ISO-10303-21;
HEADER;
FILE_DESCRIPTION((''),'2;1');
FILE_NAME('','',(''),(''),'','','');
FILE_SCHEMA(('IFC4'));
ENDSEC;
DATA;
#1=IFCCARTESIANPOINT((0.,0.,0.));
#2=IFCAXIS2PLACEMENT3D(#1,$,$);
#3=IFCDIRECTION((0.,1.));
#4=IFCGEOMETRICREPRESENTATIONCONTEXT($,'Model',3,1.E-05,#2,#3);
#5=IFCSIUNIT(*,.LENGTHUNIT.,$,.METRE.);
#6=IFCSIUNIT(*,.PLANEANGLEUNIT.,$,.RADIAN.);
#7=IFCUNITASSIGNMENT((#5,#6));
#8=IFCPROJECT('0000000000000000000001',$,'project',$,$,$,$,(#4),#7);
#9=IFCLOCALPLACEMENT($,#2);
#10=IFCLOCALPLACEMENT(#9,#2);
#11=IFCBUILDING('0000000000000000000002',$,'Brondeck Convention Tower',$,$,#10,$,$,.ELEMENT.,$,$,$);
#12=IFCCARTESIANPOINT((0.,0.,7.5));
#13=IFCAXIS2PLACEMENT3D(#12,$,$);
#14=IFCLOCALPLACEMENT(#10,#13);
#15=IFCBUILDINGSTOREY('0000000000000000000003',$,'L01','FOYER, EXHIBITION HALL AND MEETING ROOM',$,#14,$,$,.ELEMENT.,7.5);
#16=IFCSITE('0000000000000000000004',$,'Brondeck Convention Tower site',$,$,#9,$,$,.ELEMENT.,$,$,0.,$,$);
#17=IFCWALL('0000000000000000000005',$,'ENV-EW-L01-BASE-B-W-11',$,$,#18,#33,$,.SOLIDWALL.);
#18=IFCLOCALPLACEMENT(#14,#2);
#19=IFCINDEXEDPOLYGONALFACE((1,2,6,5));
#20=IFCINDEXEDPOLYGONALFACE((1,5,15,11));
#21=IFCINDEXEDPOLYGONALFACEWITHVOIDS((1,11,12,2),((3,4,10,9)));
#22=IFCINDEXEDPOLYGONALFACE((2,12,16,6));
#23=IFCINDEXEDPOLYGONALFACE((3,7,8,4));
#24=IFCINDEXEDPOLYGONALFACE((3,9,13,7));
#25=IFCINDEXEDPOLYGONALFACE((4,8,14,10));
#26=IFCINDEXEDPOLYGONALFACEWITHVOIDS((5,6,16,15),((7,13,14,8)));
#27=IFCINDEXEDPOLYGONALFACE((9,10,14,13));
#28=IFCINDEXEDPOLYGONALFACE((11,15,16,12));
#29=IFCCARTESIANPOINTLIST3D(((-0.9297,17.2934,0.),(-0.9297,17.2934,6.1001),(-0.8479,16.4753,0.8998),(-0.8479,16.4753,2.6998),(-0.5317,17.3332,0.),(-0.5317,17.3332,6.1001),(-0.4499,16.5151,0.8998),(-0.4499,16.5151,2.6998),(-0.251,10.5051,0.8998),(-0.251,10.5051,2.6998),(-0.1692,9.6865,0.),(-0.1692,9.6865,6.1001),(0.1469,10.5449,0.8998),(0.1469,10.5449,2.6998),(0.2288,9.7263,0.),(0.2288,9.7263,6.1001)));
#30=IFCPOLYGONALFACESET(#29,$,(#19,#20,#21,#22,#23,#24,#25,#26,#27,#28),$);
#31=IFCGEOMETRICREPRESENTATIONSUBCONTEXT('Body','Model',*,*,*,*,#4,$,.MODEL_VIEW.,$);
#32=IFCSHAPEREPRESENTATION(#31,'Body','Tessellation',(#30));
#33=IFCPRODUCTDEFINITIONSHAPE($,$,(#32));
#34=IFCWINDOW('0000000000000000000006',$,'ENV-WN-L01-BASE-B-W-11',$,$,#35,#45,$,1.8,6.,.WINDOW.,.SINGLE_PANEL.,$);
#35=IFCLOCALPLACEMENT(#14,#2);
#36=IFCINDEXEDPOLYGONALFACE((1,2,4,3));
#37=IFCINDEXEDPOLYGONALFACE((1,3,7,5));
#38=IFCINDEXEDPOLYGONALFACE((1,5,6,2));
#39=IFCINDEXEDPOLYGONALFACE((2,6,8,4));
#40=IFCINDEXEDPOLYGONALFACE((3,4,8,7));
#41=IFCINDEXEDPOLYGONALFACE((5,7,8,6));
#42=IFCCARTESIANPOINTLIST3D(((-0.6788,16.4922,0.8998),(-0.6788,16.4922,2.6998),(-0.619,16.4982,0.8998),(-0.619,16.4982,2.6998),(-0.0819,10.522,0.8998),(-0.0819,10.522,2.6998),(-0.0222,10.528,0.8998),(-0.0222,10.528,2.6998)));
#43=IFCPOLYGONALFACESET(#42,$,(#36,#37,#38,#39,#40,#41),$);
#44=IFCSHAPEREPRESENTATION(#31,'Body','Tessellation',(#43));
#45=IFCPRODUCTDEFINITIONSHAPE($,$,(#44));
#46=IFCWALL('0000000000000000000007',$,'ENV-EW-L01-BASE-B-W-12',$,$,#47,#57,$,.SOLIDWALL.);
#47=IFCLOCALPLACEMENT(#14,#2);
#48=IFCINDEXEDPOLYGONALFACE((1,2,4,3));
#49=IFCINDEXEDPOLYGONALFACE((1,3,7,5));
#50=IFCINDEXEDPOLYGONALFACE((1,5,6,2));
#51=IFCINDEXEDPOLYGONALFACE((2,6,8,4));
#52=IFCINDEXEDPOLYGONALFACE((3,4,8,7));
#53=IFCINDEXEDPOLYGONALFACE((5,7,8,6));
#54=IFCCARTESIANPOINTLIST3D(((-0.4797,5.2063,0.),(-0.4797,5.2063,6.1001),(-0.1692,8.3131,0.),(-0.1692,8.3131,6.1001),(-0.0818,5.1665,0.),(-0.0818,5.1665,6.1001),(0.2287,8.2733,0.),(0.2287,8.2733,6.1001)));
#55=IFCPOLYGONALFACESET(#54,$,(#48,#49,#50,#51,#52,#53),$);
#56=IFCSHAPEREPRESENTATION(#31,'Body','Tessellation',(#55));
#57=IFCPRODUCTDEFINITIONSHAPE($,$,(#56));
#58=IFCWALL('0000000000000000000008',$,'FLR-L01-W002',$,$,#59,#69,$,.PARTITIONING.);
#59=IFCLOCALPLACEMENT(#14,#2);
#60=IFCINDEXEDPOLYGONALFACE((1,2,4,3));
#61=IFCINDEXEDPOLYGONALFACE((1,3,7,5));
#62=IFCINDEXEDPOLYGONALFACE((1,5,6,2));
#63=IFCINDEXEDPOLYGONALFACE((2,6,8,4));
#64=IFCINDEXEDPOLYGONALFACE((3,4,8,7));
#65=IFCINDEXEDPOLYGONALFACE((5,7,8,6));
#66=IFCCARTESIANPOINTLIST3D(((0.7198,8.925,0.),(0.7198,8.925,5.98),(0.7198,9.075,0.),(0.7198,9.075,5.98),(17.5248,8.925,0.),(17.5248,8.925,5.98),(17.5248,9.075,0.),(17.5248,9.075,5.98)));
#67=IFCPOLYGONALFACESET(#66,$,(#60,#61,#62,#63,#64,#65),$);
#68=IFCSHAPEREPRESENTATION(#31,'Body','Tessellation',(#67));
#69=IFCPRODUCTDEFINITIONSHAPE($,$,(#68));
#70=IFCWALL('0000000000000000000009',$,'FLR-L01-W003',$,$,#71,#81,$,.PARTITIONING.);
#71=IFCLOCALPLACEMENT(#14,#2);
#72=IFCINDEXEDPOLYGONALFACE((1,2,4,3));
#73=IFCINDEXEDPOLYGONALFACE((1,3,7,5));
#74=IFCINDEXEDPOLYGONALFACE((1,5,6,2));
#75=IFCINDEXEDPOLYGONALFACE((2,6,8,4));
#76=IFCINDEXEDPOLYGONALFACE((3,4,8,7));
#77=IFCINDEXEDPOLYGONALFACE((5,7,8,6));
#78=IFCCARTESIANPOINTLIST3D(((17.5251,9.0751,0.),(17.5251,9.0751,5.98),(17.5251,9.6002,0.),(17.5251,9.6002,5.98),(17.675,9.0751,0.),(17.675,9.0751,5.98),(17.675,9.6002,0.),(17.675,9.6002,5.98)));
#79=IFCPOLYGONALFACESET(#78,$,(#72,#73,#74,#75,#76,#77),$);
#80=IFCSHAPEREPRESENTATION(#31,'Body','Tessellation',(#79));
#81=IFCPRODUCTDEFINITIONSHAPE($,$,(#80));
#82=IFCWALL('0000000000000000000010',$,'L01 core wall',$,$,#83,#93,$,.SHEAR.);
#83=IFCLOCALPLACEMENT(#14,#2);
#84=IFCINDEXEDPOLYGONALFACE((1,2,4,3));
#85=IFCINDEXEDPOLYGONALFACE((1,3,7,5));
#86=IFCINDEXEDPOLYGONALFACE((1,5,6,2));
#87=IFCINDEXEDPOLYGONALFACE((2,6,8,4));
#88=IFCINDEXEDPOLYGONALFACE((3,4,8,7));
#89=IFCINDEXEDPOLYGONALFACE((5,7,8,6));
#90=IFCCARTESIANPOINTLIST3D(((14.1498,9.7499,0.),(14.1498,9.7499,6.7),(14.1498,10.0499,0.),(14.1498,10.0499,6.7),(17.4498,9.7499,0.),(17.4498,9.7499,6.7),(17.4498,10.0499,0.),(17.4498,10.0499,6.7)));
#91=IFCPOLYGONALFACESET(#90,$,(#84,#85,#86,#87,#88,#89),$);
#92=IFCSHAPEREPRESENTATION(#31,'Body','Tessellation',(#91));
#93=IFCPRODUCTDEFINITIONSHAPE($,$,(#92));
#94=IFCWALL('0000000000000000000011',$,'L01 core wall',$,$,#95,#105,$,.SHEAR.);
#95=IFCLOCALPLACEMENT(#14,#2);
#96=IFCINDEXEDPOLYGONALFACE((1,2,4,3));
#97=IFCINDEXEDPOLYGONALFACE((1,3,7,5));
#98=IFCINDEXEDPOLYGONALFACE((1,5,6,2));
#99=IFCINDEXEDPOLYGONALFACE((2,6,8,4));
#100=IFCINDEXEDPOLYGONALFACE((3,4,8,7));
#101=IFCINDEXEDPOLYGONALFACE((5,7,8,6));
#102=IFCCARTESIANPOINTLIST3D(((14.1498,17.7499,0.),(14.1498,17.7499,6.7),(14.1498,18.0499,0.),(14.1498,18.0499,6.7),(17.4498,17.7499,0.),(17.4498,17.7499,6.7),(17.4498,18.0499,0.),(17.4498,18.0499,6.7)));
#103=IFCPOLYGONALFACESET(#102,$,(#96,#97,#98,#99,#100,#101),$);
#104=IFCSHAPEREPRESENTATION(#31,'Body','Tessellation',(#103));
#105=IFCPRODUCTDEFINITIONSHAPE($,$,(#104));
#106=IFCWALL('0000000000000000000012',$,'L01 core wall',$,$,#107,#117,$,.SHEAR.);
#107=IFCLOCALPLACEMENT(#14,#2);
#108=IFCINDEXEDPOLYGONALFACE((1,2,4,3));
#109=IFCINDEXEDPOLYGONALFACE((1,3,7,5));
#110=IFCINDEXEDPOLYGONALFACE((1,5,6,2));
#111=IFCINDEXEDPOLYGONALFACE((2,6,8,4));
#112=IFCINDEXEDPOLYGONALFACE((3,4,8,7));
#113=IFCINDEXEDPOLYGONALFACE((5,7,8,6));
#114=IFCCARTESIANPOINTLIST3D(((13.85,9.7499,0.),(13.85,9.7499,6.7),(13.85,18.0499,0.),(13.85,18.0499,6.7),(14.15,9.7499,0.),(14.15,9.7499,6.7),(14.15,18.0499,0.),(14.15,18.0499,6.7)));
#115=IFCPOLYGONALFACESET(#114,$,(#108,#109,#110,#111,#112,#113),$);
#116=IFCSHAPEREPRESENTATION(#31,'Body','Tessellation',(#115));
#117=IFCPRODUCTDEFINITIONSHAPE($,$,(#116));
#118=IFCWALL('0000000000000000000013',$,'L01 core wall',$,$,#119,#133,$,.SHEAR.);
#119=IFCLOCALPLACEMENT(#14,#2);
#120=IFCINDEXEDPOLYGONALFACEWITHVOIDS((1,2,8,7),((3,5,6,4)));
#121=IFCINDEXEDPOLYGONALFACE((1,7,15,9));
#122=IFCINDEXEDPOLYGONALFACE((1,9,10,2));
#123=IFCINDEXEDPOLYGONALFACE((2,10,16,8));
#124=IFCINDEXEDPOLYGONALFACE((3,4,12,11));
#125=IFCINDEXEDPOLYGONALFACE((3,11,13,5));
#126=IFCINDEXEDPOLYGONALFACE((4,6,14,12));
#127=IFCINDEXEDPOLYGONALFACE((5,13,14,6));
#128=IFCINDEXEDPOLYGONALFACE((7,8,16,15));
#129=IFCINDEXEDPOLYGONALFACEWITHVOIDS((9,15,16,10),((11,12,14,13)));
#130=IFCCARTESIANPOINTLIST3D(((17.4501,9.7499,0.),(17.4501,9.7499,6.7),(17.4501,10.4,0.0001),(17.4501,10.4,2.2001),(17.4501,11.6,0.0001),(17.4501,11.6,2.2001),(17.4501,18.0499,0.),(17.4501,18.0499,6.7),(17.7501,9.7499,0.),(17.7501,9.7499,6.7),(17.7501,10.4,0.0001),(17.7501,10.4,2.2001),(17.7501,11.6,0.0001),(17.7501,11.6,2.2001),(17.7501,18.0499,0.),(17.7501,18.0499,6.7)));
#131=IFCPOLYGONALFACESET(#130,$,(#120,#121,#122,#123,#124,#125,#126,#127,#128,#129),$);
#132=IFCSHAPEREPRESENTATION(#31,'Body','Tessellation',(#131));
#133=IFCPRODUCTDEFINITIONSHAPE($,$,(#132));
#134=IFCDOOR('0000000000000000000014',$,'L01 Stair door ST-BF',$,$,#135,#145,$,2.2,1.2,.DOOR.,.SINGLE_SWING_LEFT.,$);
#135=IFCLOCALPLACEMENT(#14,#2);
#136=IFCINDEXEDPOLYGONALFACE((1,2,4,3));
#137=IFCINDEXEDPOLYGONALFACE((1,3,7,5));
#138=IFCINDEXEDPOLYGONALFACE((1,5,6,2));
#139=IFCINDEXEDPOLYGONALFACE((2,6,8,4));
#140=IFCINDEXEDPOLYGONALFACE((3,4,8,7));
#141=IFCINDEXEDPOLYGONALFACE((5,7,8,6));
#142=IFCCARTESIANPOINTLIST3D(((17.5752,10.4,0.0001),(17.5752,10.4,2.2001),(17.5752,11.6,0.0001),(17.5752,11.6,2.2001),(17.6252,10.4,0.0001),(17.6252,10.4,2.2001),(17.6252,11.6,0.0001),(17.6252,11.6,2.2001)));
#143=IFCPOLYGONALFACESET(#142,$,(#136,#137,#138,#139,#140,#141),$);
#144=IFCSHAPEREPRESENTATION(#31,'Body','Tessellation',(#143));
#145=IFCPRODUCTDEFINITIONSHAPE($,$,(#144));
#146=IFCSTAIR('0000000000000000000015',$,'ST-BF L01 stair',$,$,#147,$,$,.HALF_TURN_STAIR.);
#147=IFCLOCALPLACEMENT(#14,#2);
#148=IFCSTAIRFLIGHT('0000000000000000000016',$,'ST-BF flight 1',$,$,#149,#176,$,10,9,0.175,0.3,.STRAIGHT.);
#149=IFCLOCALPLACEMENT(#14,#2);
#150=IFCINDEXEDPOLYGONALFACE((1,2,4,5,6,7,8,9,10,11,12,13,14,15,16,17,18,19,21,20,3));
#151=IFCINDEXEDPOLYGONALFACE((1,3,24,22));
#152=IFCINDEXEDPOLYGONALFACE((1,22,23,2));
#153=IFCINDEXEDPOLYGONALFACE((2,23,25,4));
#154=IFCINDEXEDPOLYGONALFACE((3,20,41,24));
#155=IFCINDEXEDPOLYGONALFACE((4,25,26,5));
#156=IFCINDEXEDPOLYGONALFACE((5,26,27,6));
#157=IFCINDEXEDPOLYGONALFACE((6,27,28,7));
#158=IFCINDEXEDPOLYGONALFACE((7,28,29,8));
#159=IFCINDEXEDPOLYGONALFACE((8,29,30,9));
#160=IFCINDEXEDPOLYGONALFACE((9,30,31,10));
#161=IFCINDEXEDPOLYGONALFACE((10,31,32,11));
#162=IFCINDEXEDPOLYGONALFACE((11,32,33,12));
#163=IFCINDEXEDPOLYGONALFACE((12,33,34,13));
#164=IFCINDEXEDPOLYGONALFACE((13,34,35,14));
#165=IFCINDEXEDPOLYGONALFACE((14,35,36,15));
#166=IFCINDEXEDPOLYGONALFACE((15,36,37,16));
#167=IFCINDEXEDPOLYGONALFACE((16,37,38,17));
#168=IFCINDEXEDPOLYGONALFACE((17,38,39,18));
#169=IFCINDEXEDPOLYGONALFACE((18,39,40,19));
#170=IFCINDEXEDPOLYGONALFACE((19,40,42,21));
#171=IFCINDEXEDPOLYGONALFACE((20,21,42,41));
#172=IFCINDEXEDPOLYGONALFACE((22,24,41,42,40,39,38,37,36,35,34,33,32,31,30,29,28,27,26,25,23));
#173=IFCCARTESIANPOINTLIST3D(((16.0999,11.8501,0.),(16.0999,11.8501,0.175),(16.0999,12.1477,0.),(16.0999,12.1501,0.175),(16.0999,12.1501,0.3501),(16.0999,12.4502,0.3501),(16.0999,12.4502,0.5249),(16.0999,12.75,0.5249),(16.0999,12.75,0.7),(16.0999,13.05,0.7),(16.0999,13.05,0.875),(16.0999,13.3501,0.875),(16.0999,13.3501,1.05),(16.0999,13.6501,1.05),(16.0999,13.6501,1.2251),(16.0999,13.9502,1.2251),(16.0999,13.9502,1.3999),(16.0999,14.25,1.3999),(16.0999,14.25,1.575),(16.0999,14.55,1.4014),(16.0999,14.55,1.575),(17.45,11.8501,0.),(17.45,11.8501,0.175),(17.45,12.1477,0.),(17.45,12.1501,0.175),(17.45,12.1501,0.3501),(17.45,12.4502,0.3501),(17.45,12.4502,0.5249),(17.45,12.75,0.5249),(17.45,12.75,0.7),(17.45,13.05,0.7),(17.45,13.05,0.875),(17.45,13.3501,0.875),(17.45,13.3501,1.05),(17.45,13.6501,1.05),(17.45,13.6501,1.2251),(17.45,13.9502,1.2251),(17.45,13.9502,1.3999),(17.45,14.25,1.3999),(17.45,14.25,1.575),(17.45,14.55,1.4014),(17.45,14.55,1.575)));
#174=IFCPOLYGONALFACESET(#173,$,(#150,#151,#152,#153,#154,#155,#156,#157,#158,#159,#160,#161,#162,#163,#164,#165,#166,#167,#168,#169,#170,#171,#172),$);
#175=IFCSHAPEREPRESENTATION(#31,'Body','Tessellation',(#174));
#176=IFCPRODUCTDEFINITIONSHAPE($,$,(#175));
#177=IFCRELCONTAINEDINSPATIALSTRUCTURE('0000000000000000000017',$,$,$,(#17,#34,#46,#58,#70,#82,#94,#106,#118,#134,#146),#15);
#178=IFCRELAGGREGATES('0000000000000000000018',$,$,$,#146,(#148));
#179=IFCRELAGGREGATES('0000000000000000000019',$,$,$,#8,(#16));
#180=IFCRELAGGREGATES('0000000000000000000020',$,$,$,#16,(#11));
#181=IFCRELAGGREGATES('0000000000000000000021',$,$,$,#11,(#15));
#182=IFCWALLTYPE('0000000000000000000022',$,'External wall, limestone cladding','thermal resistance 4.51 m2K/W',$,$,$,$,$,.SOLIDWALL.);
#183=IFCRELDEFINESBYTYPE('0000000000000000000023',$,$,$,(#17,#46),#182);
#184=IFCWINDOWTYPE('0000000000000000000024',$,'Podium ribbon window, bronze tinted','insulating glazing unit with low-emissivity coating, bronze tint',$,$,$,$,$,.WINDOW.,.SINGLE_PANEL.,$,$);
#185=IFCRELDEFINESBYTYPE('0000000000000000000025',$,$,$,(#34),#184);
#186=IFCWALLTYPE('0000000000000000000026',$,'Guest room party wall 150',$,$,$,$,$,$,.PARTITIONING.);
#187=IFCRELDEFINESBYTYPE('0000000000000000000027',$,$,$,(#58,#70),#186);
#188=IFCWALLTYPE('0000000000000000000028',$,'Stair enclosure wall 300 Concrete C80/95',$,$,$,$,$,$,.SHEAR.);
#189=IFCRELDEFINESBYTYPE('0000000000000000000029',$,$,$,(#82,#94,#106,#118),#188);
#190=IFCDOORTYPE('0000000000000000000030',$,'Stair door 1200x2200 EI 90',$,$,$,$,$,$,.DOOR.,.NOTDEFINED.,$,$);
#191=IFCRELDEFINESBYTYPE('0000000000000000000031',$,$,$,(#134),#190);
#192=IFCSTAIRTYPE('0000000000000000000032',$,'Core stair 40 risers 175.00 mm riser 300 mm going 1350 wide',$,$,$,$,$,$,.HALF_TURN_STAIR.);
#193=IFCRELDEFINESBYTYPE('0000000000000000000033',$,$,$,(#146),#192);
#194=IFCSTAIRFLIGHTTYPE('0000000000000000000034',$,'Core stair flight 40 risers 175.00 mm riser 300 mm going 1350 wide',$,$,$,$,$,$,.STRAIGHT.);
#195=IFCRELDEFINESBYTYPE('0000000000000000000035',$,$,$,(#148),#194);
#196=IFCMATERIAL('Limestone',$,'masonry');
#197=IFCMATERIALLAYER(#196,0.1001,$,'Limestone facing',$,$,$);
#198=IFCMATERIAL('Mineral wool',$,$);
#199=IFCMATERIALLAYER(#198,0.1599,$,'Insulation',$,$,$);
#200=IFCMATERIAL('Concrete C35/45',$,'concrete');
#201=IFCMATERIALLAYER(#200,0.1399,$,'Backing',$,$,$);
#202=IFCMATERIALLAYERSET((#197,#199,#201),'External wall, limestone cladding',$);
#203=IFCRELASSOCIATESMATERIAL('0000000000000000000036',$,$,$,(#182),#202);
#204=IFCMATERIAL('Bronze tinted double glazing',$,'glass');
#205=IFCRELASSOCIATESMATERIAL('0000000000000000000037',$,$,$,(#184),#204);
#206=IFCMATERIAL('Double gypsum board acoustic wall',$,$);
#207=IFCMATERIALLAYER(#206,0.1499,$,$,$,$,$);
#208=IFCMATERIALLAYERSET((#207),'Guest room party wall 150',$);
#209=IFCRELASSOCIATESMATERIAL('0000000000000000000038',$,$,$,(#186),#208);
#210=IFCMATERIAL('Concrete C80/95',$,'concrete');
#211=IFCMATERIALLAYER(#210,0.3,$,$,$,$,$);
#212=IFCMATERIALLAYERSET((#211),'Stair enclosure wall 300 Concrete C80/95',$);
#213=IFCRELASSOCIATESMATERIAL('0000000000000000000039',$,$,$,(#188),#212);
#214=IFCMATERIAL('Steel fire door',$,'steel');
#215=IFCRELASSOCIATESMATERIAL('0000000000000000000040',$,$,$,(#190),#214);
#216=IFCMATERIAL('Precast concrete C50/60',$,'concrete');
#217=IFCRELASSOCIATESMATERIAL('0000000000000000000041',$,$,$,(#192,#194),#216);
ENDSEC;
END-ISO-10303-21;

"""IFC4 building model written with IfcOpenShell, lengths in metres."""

from ifc_helpers import new_model, si_unit, direction, frame, frame_2d, origin, place, context, subcontext, project, spatial, polyline, rectangle, outline, extrude, material, layer, layer_set, type_object, element, fill, aggregate, save


model = new_model("IFC4")

# Units and contexts
model_context = context("Model", 3, precision=1e-05, world=origin(), true_north=direction((0.0, 1.0)))
body_context = subcontext(model_context, "Body", "Model", "MODEL_VIEW")
ifc_project = project(units=[si_unit("LENGTHUNIT", "METRE"), si_unit("PLANEANGLEUNIT", "RADIAN")], contexts=[model_context])

# Site, building, storey
site_placement = place(None, origin())
site = spatial("IfcSite", under=ifc_project, at=site_placement, Name="Brondeck Convention Tower site", CompositionType="ELEMENT", RefElevation=0.0)
building_placement = place(site_placement, origin())
building = spatial("IfcBuilding", under=site, at=building_placement, Name="Brondeck Convention Tower", CompositionType="ELEMENT")
storey_placement = place(building_placement, frame((0.0, 0.0, 7.5)))
storey = spatial("IfcBuildingStorey", under=building, at=storey_placement, Name="L01", Description="FOYER, EXHIBITION HALL AND MEETING ROOM", CompositionType="ELEMENT", Elevation=7.5)

# Shared definitions
ifc_material_1 = material(Name="Concrete C80/95", Category="concrete")

# Wall, opening, window
ifc_material_2 = material(Name="Limestone", Category="masonry")
ifc_layer_1 = layer(ifc_material_2, 0.1001, Name="Limestone facing")
ifc_material_3 = material(Name="Mineral wool")
ifc_layer_2 = layer(ifc_material_3, 0.1599, Name="Insulation")
ifc_material_4 = material(Name="Concrete C35/45", Category="concrete")
ifc_layer_3 = layer(ifc_material_4, 0.1399, Name="Backing")
ifc_layer_set_1 = layer_set([ifc_layer_1, ifc_layer_2, ifc_layer_3], Name="External wall, limestone cladding")
wall_type_1 = type_object("IfcWallType", Name="External wall, limestone cladding", Description="thermal resistance 4.51 m2K/W", PredefinedType="SOLIDWALL", material=ifc_layer_set_1)
wall_1_placement = place(storey_placement, frame((0.0298, 9.7065, 0.0), z_axis=(0.0, 0.0, 1.0), x_axis=(-0.099478, 0.99504, 0.0)))
wall_1 = element("IfcWall", 1, at=wall_1_placement, inside=storey, type_object=wall_type_1, Name="ENV-EW-L01-BASE-B-W-11", PredefinedType="SOLIDWALL", context=body_context, shape_type="SweptSolid", body=[
    extrude(rectangle(XDim=7.6448, YDim=0.3999, at=frame_2d((3.8223, 0.0))), origin(), (0.0, 0.0, 1.0), 6.1001),
])
opening_1_placement = place(wall_1_placement, frame((0.8225, 0.0, 0.8999)))
opening_1 = element("IfcOpeningElement", 2, at=opening_1_placement, cuts=wall_1, PredefinedType="OPENING", context=body_context, shape_type="SweptSolid", body=[
    extrude(rectangle(XDim=6.0, YDim=1.8, at=frame_2d((3.0, 0.8999))), frame((0.0, 0.21, 0.0), z_axis=(0.0, -1.0, 0.0), x_axis=(1.0, 0.0, 0.0)), (0.0, 0.0, 1.0), 0.4199),
])
ifc_material_5 = material(Name="Bronze tinted double glazing", Category="glass")
window_type = type_object("IfcWindowType", Name="Podium ribbon window, bronze tinted", Description="insulating glazing unit with low-emissivity coating, bronze tint", PartitioningType="SINGLE_PANEL", PredefinedType="WINDOW", material=ifc_material_5)
window_placement = place(opening_1_placement, origin())
window = element("IfcWindow", 3, at=window_placement, inside=storey, type_object=window_type, Name="ENV-WN-L01-BASE-B-W-11", OverallHeight=1.8, OverallWidth=6.0, PartitioningType="SINGLE_PANEL", PredefinedType="WINDOW", context=body_context, shape_type="SweptSolid", body=[
    extrude(rectangle(XDim=6.0, YDim=1.8, at=frame_2d((3.0, 0.8999))), frame((0.0, 0.03, 0.0), z_axis=(0.0, -1.0, 0.0), x_axis=(1.0, 0.0, 0.0)), (0.0, 0.0, 1.0), 0.0601),
])
fill(opening_1, window)

# Walls
wall_2_placement = place(storey_placement, frame((-0.2808, 5.1865, 0.0), z_axis=(0.0, 0.0, 1.0), x_axis=(0.099457, 0.995042, 0.0)))
element("IfcWall", 4, at=wall_2_placement, inside=storey, type_object=wall_type_1, Name="ENV-EW-L01-BASE-B-W-12", PredefinedType="SOLIDWALL", context=body_context, shape_type="SweptSolid", body=[
    extrude(rectangle(XDim=3.1223, YDim=0.3999, at=frame_2d((1.561, 0.0))), origin(), (0.0, 0.0, 1.0), 6.1001),
])
ifc_material_6 = material(Name="Double gypsum board acoustic wall")
ifc_layer_4 = layer(ifc_material_6, 0.1499)
ifc_layer_set_2 = layer_set([ifc_layer_4], Name="Guest room party wall 150")
wall_type_2 = type_object("IfcWallType", Name="Guest room party wall 150", PredefinedType="PARTITIONING", material=ifc_layer_set_2)
wall_3_placement = place(storey_placement, frame((0.72, 9.0, 0.0), z_axis=(0.0, 0.0, 1.0), x_axis=(1.0, 0.0, 0.0)))
element("IfcWall", 5, at=wall_3_placement, inside=storey, type_object=wall_type_2, Name="FLR-L01-W002", PredefinedType="PARTITIONING", context=body_context, shape_type="SweptSolid", body=[
    extrude(rectangle(XDim=16.8049, YDim=0.1499, at=frame_2d((8.4023, 0.0))), origin(), (0.0, 0.0, 1.0), 5.98),
])
wall_4_placement = place(storey_placement, frame((17.6001, 9.075, 0.0), z_axis=(0.0, 0.0, 1.0), x_axis=(0.0, 1.0, 0.0)))
element("IfcWall", 6, at=wall_4_placement, inside=storey, type_object=wall_type_2, Name="FLR-L01-W003", PredefinedType="PARTITIONING", context=body_context, shape_type="SweptSolid", body=[
    extrude(rectangle(XDim=0.5251, YDim=0.1499, at=frame_2d((0.2627, 0.0))), origin(), (0.0, 0.0, 1.0), 5.98),
])
ifc_layer_5 = layer(ifc_material_1, 0.3)
ifc_layer_set_3 = layer_set([ifc_layer_5], Name="Stair enclosure wall 300 Concrete C80/95")
wall_type_3 = type_object("IfcWallType", Name="Stair enclosure wall 300 Concrete C80/95", PredefinedType="SHEAR", material=ifc_layer_set_3)
for number, where, z_axis, x_axis, name in (
    (7, (14.1499, 9.8999, 0.0), (0.0, 0.0, 1.0), (1.0, 0.0, 0.0), "L01 core wall"),
    (8, (14.1499, 17.8999, 0.0), (0.0, 0.0, 1.0), (1.0, 0.0, 0.0), "L01 core wall"),
):
    element("IfcWall", number, at=place(storey_placement, frame(where, z_axis=z_axis, x_axis=x_axis)), inside=storey, type_object=wall_type_3, Name=name, PredefinedType="SHEAR", context=body_context, shape_type="SweptSolid", body=[
        extrude(rectangle(XDim=3.3, YDim=0.3, at=frame_2d((1.6499, 0.0))), origin(), (0.0, 0.0, 1.0), 6.7),
    ])
wall_5_placement = place(storey_placement, frame((14.0, 9.75, 0.0), z_axis=(0.0, 0.0, 1.0), x_axis=(0.0, 1.0, 0.0)))
element("IfcWall", 9, at=wall_5_placement, inside=storey, type_object=wall_type_3, Name="L01 core wall", PredefinedType="SHEAR", context=body_context, shape_type="SweptSolid", body=[
    extrude(rectangle(XDim=8.3, YDim=0.3, at=frame_2d((4.1499, 0.0))), origin(), (0.0, 0.0, 1.0), 6.7),
])

# Wall, opening, door
wall_6_placement = place(storey_placement, frame((17.6001, 9.75, 0.0), z_axis=(0.0, 0.0, 1.0), x_axis=(0.0, 1.0, 0.0)))
wall_6 = element("IfcWall", 10, at=wall_6_placement, inside=storey, type_object=wall_type_3, Name="L01 core wall", PredefinedType="SHEAR", context=body_context, shape_type="SweptSolid", body=[
    extrude(rectangle(XDim=8.3, YDim=0.3, at=frame_2d((4.1499, 0.0))), origin(), (0.0, 0.0, 1.0), 6.7),
])
opening_2_placement = place(wall_6_placement, frame((0.6499, 0.0, 0.0)))
opening_2 = element("IfcOpeningElement", 11, at=opening_2_placement, cuts=wall_6, PredefinedType="OPENING", context=body_context, shape_type="SweptSolid", body=[
    extrude(rectangle(XDim=1.2, YDim=2.2, at=frame_2d((0.6001, 1.1001))), frame((0.0, 0.1599, 0.0), z_axis=(0.0, -1.0, 0.0), x_axis=(1.0, 0.0, 0.0)), (0.0, 0.0, 1.0), 0.3201),
])
ifc_material_7 = material(Name="Steel fire door", Category="steel")
door_type = type_object("IfcDoorType", Name="Stair door 1200x2200 EI 90", OperationType="NOTDEFINED", PredefinedType="DOOR", material=ifc_material_7)
door_placement = place(opening_2_placement, origin())
door = element("IfcDoor", 12, at=door_placement, inside=storey, type_object=door_type, Name="L01 Stair door ST-BF", OperationType="SINGLE_SWING_LEFT", OverallHeight=2.2, OverallWidth=1.2, PredefinedType="DOOR", context=body_context, shape_type="SweptSolid", body=[
    extrude(rectangle(XDim=1.2, YDim=2.2, at=frame_2d((0.6001, 1.1001))), frame((0.0, 0.0249, 0.0), z_axis=(0.0, -1.0, 0.0), x_axis=(1.0, 0.0, 0.0)), (0.0, 0.0, 1.0), 0.05),
])
fill(opening_2, door)

# Stair, stair flight
ifc_material_8 = material(Name="Precast concrete C50/60", Category="concrete")
stair_type = type_object("IfcStairType", Name="Core stair 40 risers 175.00 mm riser 300 mm going 1350 wide", PredefinedType="HALF_TURN_STAIR", material=ifc_material_8)
stair_placement = place(storey_placement, origin())
stair = element("IfcStair", 13, at=stair_placement, inside=storey, type_object=stair_type, Name="ST-BF L01 stair", PredefinedType="HALF_TURN_STAIR")
stair_flight_type = type_object("IfcStairFlightType", Name="Core stair flight 40 risers 175.00 mm riser 300 mm going 1350 wide", PredefinedType="STRAIGHT", material=ifc_material_8)
stair_flight_1_placement = place(storey_placement, frame((16.7749, 11.8501, 0.0), z_axis=(0.0, 0.0, 1.0), x_axis=(0.0, 1.0, 0.0)))
stair_flight_1 = element("IfcStairFlight", 14, at=stair_flight_1_placement, type_object=stair_flight_type, Name="ST-BF flight 1", NumberOfRisers=10, NumberOfTreads=9, PredefinedType="STRAIGHT", RiserHeight=0.175, TreadLength=0.3, context=body_context, shape_type="SweptSolid", body=[
    extrude(outline(polyline([(0.0, 0.0), (0.0, 0.175), (0.3, 0.175), (0.3, 0.3501), (0.6001, 0.3501), (0.6001, 0.5249), (0.8999, 0.5249), (0.8999, 0.7), (1.2, 0.7), (1.2, 0.875), (1.5, 0.875), (1.5, 1.05), (1.8, 1.05), (1.8, 1.2251), (2.1001, 1.2251), (2.1001, 1.3999), (2.3999, 1.3999), (2.3999, 1.575), (2.7, 1.575), (2.7, 1.75), (2.7, 1.4014), (0.2976, 0.0), (0.0, 0.0)])), frame((0.0, 0.675, 0.0), z_axis=(0.0, -1.0, 0.0), x_axis=(1.0, 0.0, 0.0)), (0.0, 0.0, 1.0), 1.3501),
])
aggregate(stair, [stair_flight_1])

save(model, "model.ifc")
